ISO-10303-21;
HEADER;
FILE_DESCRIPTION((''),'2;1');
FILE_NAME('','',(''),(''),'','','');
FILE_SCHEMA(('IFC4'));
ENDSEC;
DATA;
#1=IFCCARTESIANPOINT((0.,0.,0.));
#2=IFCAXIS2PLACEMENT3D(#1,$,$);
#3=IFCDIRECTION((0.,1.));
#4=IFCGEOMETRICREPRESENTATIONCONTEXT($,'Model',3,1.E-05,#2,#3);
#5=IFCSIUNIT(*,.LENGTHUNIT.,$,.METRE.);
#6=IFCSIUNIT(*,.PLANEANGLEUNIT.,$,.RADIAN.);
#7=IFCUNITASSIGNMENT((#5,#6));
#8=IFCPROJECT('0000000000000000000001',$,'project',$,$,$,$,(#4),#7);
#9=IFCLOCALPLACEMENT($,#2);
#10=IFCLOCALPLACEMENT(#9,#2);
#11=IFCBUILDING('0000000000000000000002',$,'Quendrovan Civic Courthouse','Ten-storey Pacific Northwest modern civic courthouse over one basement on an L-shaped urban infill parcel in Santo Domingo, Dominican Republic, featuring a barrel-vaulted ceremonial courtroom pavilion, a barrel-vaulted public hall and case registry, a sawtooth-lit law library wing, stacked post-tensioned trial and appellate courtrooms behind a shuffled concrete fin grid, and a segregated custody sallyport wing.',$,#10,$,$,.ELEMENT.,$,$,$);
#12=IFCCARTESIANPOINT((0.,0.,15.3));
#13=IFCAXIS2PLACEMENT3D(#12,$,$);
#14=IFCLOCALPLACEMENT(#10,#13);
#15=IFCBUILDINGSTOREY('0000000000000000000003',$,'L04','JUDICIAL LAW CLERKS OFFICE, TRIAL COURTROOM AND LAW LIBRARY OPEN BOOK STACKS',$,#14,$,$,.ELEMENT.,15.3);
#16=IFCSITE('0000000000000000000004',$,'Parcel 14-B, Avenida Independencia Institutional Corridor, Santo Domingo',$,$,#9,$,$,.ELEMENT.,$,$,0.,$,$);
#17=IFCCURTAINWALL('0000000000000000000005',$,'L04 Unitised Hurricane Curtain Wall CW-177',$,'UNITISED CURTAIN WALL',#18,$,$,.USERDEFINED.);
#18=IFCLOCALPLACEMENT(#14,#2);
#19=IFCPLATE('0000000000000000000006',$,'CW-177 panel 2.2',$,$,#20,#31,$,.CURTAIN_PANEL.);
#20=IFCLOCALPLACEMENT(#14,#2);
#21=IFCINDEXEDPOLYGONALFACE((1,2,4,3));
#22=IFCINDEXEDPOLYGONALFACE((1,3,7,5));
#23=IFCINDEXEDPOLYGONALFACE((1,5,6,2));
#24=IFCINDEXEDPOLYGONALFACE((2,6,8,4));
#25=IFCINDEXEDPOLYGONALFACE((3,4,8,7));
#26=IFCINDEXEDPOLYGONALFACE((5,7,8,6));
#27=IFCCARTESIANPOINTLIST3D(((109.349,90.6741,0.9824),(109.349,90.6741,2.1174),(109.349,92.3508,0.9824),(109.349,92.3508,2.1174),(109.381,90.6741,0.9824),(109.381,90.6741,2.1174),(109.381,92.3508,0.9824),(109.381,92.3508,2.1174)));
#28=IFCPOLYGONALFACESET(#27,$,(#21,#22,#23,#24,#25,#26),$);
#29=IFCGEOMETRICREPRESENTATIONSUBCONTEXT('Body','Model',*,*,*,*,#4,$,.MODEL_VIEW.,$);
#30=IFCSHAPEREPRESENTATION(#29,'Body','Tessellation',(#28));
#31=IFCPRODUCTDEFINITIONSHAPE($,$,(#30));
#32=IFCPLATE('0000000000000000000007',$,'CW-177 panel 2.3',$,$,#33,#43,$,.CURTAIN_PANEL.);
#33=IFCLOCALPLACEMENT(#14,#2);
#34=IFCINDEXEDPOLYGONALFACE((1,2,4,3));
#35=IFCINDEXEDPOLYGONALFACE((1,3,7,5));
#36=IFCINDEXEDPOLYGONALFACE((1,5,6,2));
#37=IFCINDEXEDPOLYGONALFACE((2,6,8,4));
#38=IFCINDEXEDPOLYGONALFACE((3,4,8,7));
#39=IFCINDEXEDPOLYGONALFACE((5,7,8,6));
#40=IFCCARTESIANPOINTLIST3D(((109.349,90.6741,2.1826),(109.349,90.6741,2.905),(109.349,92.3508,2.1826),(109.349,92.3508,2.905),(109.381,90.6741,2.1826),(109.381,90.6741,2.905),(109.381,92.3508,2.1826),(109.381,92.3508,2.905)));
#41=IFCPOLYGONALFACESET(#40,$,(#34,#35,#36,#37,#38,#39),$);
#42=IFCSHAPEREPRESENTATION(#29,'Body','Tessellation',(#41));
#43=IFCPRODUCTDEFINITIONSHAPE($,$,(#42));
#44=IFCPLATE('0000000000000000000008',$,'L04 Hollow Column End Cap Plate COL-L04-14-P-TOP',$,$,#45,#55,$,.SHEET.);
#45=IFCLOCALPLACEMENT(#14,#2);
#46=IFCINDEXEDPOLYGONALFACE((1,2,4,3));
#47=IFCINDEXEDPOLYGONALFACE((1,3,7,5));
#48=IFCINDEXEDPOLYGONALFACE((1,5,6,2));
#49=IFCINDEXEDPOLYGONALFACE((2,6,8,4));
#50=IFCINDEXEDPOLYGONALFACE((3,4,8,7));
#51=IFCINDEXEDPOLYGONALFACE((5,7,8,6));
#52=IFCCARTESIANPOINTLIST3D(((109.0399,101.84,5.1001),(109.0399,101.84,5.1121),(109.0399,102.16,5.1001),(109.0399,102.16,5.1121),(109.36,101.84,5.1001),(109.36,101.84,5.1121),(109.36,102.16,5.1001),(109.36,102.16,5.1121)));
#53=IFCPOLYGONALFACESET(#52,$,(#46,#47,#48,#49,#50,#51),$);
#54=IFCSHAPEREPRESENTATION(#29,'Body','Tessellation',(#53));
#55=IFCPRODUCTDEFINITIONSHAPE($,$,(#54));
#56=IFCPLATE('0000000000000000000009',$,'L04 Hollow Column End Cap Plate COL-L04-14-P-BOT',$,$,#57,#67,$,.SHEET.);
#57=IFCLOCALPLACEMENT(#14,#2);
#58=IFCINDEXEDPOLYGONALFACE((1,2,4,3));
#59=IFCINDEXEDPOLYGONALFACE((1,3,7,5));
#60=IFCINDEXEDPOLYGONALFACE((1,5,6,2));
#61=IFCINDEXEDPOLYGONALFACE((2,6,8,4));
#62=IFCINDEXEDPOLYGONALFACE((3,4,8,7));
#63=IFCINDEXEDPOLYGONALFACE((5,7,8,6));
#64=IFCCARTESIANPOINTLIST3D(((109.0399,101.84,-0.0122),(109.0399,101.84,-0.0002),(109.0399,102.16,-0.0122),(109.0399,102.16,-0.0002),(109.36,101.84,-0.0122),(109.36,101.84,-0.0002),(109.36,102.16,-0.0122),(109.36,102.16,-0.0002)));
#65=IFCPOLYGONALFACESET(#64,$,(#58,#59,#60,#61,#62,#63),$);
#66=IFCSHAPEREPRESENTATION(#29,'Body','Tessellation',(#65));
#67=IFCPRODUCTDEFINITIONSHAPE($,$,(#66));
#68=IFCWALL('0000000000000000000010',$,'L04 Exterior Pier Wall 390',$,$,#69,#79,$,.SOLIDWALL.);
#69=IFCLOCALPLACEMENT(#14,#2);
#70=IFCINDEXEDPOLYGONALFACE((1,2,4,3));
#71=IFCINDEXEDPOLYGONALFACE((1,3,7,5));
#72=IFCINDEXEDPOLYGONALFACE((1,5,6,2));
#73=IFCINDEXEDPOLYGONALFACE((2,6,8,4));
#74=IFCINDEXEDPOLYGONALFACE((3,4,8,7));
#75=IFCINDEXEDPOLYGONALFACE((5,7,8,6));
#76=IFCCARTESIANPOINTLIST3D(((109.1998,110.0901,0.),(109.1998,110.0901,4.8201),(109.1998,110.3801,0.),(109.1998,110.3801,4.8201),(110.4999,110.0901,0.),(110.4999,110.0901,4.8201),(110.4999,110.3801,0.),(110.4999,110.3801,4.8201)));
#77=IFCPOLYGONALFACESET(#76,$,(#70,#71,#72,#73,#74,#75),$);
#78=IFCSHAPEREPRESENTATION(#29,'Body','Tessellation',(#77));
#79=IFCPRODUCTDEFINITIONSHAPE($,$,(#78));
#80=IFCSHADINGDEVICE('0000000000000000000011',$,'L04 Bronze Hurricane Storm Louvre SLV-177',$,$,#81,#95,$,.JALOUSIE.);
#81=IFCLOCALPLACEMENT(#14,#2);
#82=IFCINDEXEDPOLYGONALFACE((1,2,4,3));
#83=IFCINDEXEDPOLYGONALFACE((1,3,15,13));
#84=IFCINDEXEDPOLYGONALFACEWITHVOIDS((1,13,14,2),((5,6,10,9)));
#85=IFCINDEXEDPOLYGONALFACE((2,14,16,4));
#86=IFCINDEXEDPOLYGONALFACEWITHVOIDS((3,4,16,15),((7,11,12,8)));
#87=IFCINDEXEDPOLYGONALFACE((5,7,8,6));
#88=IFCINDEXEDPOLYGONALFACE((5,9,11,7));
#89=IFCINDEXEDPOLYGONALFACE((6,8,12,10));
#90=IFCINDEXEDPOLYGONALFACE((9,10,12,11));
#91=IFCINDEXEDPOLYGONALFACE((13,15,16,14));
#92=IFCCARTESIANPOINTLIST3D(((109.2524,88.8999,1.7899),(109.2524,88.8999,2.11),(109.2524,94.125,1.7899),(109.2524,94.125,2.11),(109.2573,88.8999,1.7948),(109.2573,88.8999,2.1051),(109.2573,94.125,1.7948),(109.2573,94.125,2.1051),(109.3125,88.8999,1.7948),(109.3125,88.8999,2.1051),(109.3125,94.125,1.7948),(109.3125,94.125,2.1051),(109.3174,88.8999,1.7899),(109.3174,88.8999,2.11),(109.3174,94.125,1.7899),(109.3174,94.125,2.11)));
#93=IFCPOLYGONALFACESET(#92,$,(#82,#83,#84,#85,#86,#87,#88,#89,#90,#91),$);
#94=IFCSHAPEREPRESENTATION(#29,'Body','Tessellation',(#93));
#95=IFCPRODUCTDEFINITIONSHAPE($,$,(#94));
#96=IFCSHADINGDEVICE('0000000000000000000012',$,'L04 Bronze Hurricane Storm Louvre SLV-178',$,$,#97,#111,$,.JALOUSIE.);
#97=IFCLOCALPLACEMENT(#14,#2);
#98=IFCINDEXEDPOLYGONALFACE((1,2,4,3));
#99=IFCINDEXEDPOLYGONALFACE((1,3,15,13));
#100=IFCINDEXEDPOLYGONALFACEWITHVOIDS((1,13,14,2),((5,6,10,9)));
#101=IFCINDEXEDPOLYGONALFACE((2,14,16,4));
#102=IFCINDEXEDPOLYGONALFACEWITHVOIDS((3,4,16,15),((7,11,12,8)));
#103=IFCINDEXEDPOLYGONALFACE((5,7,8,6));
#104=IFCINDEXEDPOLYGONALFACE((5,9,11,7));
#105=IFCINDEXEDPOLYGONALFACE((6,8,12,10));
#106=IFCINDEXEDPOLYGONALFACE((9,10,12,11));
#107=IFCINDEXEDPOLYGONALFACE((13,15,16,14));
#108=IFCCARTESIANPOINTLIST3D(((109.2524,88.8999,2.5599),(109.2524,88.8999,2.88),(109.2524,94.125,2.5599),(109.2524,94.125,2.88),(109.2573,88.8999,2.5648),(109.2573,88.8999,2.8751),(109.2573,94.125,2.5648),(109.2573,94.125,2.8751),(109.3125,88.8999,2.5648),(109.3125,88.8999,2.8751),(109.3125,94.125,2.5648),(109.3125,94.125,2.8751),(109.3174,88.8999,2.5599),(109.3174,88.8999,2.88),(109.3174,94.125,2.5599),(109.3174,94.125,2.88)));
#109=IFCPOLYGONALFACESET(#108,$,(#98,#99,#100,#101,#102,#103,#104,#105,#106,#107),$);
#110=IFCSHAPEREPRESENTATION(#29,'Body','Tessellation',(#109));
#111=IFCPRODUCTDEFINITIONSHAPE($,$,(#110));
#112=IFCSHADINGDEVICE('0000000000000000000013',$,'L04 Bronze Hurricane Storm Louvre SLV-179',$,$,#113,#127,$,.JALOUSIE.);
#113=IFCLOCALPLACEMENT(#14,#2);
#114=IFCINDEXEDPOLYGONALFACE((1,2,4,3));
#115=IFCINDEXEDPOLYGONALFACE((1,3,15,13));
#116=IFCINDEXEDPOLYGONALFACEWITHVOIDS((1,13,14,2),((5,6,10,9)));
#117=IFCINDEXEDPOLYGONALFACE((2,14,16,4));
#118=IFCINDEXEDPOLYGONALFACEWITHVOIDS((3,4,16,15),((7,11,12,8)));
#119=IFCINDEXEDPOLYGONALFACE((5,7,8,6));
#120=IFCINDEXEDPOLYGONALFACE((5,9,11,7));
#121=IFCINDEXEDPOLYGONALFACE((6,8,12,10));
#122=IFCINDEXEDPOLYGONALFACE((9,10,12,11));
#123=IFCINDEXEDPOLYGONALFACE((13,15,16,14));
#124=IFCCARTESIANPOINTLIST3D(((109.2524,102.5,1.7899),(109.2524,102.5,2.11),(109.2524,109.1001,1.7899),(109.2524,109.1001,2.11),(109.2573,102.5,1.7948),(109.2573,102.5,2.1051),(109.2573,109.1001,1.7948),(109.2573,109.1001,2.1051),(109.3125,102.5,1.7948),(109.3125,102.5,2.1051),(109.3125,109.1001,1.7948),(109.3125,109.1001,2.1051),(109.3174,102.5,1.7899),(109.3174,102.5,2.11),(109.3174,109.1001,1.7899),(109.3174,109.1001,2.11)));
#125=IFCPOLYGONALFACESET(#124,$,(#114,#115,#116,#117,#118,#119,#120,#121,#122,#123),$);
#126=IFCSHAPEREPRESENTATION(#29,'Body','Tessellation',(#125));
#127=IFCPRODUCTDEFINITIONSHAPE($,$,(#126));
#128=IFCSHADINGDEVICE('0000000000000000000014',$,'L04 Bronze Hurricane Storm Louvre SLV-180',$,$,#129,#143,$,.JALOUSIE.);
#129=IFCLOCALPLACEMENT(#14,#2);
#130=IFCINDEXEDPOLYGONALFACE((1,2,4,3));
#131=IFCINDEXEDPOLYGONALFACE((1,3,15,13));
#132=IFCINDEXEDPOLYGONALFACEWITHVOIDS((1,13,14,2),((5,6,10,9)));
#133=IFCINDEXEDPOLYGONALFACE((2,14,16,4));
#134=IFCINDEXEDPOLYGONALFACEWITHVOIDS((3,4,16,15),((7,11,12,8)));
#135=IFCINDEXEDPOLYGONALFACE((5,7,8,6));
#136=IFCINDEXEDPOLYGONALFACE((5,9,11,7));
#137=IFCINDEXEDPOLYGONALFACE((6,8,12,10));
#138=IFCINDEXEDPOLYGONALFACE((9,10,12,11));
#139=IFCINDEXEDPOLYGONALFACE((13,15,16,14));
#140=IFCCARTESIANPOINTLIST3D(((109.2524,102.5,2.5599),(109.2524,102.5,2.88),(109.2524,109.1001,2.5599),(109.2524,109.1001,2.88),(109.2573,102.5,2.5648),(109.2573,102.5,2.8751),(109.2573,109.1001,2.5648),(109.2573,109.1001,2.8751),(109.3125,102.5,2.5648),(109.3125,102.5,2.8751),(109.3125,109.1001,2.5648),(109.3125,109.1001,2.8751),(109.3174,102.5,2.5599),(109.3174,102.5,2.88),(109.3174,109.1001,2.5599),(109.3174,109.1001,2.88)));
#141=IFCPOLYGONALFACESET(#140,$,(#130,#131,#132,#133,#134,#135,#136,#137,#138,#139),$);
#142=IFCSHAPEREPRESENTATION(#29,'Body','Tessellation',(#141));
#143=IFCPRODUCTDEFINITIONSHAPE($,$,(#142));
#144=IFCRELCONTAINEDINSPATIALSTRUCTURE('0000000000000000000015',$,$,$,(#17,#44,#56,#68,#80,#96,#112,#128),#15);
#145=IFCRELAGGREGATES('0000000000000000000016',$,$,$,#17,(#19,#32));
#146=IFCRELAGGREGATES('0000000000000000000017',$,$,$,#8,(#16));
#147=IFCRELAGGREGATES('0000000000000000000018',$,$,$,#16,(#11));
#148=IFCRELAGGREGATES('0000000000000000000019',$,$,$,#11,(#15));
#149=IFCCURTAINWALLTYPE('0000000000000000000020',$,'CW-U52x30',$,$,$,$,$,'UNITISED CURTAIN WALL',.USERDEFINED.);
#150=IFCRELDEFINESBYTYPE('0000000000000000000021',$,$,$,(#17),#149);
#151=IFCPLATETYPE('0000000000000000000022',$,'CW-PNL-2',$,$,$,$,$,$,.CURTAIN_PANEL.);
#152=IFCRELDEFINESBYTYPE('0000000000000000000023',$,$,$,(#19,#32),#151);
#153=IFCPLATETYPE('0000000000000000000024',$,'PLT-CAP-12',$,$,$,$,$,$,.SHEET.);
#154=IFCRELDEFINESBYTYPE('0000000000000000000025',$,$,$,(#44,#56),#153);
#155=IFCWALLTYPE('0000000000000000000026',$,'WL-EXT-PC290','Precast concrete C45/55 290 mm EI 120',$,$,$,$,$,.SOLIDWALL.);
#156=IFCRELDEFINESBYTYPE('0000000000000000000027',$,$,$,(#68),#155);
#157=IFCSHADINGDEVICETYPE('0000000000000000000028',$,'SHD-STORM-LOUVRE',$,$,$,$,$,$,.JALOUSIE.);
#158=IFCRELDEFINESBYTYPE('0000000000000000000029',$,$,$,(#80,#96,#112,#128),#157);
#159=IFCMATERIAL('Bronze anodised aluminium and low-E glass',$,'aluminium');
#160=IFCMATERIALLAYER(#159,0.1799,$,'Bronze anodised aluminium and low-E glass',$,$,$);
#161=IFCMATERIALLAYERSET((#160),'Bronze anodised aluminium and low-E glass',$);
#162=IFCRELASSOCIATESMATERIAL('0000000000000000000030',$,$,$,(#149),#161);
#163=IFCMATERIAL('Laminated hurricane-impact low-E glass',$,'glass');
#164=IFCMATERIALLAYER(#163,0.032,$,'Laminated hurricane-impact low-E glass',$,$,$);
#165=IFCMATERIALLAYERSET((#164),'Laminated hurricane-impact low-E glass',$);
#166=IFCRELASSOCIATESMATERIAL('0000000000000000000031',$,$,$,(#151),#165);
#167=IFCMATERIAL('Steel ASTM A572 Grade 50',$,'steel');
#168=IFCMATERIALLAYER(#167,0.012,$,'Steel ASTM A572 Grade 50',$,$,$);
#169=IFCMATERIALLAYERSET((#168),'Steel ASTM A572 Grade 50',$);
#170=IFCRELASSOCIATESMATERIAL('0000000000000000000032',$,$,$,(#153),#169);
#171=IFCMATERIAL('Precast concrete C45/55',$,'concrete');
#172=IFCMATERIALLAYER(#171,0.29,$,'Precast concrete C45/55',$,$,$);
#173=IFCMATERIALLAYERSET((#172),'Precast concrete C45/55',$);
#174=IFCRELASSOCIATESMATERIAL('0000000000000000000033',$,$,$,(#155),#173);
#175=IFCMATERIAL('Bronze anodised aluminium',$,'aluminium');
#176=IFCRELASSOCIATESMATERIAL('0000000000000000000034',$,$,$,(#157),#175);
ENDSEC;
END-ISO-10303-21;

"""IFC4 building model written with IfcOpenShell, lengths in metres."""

from ifc_helpers import new_model, si_unit, direction, frame, frame_2d, origin, origin_2d, place, context, subcontext, project, spatial, rectangle, hollow_rectangle, extrude, material, layer, layer_set, material_profile, profile_set, type_object, element, aggregate, save


model = new_model("IFC4")

# Units and contexts
model_context = context("Model", 3, precision=1e-05, world=origin(), true_north=direction((0.0, 1.0)))
body_context = subcontext(model_context, "Body", "Model", "MODEL_VIEW")
ifc_project = project(units=[si_unit("LENGTHUNIT", "METRE"), si_unit("PLANEANGLEUNIT", "RADIAN")], contexts=[model_context])

# Site, building, storey
site_placement = place(None, origin())
site = spatial("IfcSite", under=ifc_project, at=site_placement, Name="Parcel 14-B, Avenida Independencia Institutional Corridor, Santo Domingo", CompositionType="ELEMENT", RefElevation=0.0)
building_placement = place(site_placement, origin())
building = spatial("IfcBuilding", under=site, at=building_placement, Name="Quendrovan Civic Courthouse", Description="Ten-storey Pacific Northwest modern civic courthouse over one basement on an L-shaped urban infill parcel in Santo Domingo, Dominican Republic, featuring a barrel-vaulted ceremonial courtroom pavilion, a barrel-vaulted public hall and case registry, a sawtooth-lit law library wing, stacked post-tensioned trial and appellate courtrooms behind a shuffled concrete fin grid, and a segregated custody sallyport wing.", CompositionType="ELEMENT")
storey_placement = place(building_placement, frame((0.0, 0.0, 15.3)))
storey = spatial("IfcBuildingStorey", under=building, at=storey_placement, Name="L04", Description="JUDICIAL LAW CLERKS OFFICE, TRIAL COURTROOM AND LAW LIBRARY OPEN BOOK STACKS", CompositionType="ELEMENT", Elevation=15.3)

# Curtain wall, plates
ifc_material_1 = material(Name="Bronze anodised aluminium and low-E glass", Category="aluminium")
ifc_layer_1 = layer(ifc_material_1, 0.1799, Name="Bronze anodised aluminium and low-E glass")
ifc_layer_set_1 = layer_set([ifc_layer_1], Name="Bronze anodised aluminium and low-E glass")
curtain_wall_type = type_object("IfcCurtainWallType", Name="CW-U52x30", ElementType="UNITISED CURTAIN WALL", PredefinedType="USERDEFINED", material=ifc_layer_set_1)
curtain_wall_placement = place(storey_placement, origin())
curtain_wall = element("IfcCurtainWall", 1, at=curtain_wall_placement, inside=storey, type_object=curtain_wall_type, Name="L04 Unitised Hurricane Curtain Wall CW-177", ObjectType="UNITISED CURTAIN WALL", PredefinedType="USERDEFINED")
ifc_material_2 = material(Name="Bronze anodised aluminium", Category="aluminium")
ifc_material_3 = material(Name="Laminated hurricane-impact low-E glass", Category="glass")
ifc_layer_2 = layer(ifc_material_3, 0.032, Name="Laminated hurricane-impact low-E glass")
ifc_layer_set_2 = layer_set([ifc_layer_2], Name="Laminated hurricane-impact low-E glass")
plate_type_1 = type_object("IfcPlateType", Name="CW-PNL-2", PredefinedType="CURTAIN_PANEL", material=ifc_layer_set_2)
plate_1_placement = place(storey_placement, frame((109.365, 91.5125, 0.9824), z_axis=(0.0, 0.0, 1.0), x_axis=(0.0, 1.0, 0.0)))
plate_1 = element("IfcPlate", 2, at=plate_1_placement, type_object=plate_type_1, Name="CW-177 panel 2.2", PredefinedType="CURTAIN_PANEL", context=body_context, shape_type="SweptSolid", body=[
    extrude(rectangle(XDim=1.6768, YDim=0.032, at=origin_2d()), origin(), (0.0, 0.0, 1.0), 1.135),
])
plate_2_placement = place(storey_placement, frame((109.365, 91.5125, 2.1826), z_axis=(0.0, 0.0, 1.0), x_axis=(0.0, 1.0, 0.0)))
plate_2 = element("IfcPlate", 3, at=plate_2_placement, type_object=plate_type_1, Name="CW-177 panel 2.3", PredefinedType="CURTAIN_PANEL", context=body_context, shape_type="SweptSolid", body=[
    extrude(rectangle(XDim=1.6768, YDim=0.032, at=origin_2d()), origin(), (0.0, 0.0, 1.0), 0.7224),
])
aggregate(curtain_wall, [plate_1, plate_2])

# Plates
ifc_material_4 = material(Name="Steel ASTM A572 Grade 50", Category="steel")
ifc_layer_3 = layer(ifc_material_4, 0.012, Name="Steel ASTM A572 Grade 50")
ifc_layer_set_3 = layer_set([ifc_layer_3], Name="Steel ASTM A572 Grade 50")
plate_type_2 = type_object("IfcPlateType", Name="PLT-CAP-12", PredefinedType="SHEET", material=ifc_layer_set_3)
for number, where, z_axis, x_axis, name in (
    (4, (109.2, 102.0, 5.1001), (0.0, 0.0, 1.0), (1.0, 0.0, 0.0), "L04 Hollow Column End Cap Plate COL-L04-14-P-TOP"),
    (5, (109.2, 102.0, -0.0122), (0.0, 0.0, 1.0), (1.0, 0.0, 0.0), "L04 Hollow Column End Cap Plate COL-L04-14-P-BOT"),
):
    element("IfcPlate", number, at=place(storey_placement, frame(where, z_axis=z_axis, x_axis=x_axis)), inside=storey, type_object=plate_type_2, Name=name, PredefinedType="SHEET", context=body_context, shape_type="SweptSolid", body=[
        extrude(rectangle(XDim=0.3201, YDim=0.3201, at=origin_2d()), origin(), (0.0, 0.0, 1.0), 0.012),
    ])

# Wall
ifc_material_5 = material(Name="Precast concrete C45/55", Category="concrete")
ifc_layer_4 = layer(ifc_material_5, 0.29, Name="Precast concrete C45/55")
ifc_layer_set_4 = layer_set([ifc_layer_4], Name="Precast concrete C45/55")
wall_type = type_object("IfcWallType", Name="WL-EXT-PC290", Description="Precast concrete C45/55 290 mm EI 120", PredefinedType="SOLIDWALL", material=ifc_layer_set_4)
wall_placement = place(storey_placement, frame((109.2, 110.2351, 0.0), z_axis=(0.0, 0.0, 1.0), x_axis=(1.0, 0.0, 0.0)))
element("IfcWall", 6, at=wall_placement, inside=storey, type_object=wall_type, Name="L04 Exterior Pier Wall 390", PredefinedType="SOLIDWALL", context=body_context, shape_type="SweptSolid", body=[
    extrude(rectangle(XDim=1.3, YDim=0.29, at=frame_2d((0.6499, 0.0))), origin(), (0.0, 0.0, 1.0), 4.8201),
])

# Shading devices
ifc_material_profile_1 = material_profile(ifc_material_2, hollow_rectangle(XDim=0.0649, YDim=0.3201, WallThickness=0.0049, at=origin_2d()), Name="AL-LOUVRE-65x320")
ifc_profile_set_1 = profile_set([ifc_material_profile_1], Name="Bronze anodised aluminium")
shading_device_type = type_object("IfcShadingDeviceType", Name="SHD-STORM-LOUVRE", PredefinedType="JALOUSIE", material=ifc_profile_set_1)
for number, where, z_axis, x_axis, name in (
    (7, (109.2849, 88.8999, 1.95), (0.0, 1.0, 0.0), (-1.0, 0.0, 0.0), "L04 Bronze Hurricane Storm Louvre SLV-177"),
    (8, (109.2849, 88.8999, 2.72), (0.0, 1.0, 0.0), (-1.0, 0.0, 0.0), "L04 Bronze Hurricane Storm Louvre SLV-178"),
):
    element("IfcShadingDevice", number, at=place(storey_placement, frame(where, z_axis=z_axis, x_axis=x_axis)), inside=storey, type_object=shading_device_type, Name=name, PredefinedType="JALOUSIE", context=body_context, shape_type="SweptSolid", body=[
        extrude(hollow_rectangle(XDim=0.0649, YDim=0.3201, WallThickness=0.0049, at=origin_2d()), origin(), (0.0, 0.0, 1.0), 5.2251),
    ])
for number, where, z_axis, x_axis, name in (
    (9, (109.2849, 102.5, 1.95), (0.0, 1.0, 0.0), (-1.0, 0.0, 0.0), "L04 Bronze Hurricane Storm Louvre SLV-179"),
    (10, (109.2849, 102.5, 2.72), (0.0, 1.0, 0.0), (-1.0, 0.0, 0.0), "L04 Bronze Hurricane Storm Louvre SLV-180"),
):
    element("IfcShadingDevice", number, at=place(storey_placement, frame(where, z_axis=z_axis, x_axis=x_axis)), inside=storey, type_object=shading_device_type, Name=name, PredefinedType="JALOUSIE", context=body_context, shape_type="SweptSolid", body=[
        extrude(hollow_rectangle(XDim=0.0649, YDim=0.3201, WallThickness=0.0049, at=origin_2d()), origin(), (0.0, 0.0, 1.0), 6.6001),
    ])

save(model, "model.ifc")
